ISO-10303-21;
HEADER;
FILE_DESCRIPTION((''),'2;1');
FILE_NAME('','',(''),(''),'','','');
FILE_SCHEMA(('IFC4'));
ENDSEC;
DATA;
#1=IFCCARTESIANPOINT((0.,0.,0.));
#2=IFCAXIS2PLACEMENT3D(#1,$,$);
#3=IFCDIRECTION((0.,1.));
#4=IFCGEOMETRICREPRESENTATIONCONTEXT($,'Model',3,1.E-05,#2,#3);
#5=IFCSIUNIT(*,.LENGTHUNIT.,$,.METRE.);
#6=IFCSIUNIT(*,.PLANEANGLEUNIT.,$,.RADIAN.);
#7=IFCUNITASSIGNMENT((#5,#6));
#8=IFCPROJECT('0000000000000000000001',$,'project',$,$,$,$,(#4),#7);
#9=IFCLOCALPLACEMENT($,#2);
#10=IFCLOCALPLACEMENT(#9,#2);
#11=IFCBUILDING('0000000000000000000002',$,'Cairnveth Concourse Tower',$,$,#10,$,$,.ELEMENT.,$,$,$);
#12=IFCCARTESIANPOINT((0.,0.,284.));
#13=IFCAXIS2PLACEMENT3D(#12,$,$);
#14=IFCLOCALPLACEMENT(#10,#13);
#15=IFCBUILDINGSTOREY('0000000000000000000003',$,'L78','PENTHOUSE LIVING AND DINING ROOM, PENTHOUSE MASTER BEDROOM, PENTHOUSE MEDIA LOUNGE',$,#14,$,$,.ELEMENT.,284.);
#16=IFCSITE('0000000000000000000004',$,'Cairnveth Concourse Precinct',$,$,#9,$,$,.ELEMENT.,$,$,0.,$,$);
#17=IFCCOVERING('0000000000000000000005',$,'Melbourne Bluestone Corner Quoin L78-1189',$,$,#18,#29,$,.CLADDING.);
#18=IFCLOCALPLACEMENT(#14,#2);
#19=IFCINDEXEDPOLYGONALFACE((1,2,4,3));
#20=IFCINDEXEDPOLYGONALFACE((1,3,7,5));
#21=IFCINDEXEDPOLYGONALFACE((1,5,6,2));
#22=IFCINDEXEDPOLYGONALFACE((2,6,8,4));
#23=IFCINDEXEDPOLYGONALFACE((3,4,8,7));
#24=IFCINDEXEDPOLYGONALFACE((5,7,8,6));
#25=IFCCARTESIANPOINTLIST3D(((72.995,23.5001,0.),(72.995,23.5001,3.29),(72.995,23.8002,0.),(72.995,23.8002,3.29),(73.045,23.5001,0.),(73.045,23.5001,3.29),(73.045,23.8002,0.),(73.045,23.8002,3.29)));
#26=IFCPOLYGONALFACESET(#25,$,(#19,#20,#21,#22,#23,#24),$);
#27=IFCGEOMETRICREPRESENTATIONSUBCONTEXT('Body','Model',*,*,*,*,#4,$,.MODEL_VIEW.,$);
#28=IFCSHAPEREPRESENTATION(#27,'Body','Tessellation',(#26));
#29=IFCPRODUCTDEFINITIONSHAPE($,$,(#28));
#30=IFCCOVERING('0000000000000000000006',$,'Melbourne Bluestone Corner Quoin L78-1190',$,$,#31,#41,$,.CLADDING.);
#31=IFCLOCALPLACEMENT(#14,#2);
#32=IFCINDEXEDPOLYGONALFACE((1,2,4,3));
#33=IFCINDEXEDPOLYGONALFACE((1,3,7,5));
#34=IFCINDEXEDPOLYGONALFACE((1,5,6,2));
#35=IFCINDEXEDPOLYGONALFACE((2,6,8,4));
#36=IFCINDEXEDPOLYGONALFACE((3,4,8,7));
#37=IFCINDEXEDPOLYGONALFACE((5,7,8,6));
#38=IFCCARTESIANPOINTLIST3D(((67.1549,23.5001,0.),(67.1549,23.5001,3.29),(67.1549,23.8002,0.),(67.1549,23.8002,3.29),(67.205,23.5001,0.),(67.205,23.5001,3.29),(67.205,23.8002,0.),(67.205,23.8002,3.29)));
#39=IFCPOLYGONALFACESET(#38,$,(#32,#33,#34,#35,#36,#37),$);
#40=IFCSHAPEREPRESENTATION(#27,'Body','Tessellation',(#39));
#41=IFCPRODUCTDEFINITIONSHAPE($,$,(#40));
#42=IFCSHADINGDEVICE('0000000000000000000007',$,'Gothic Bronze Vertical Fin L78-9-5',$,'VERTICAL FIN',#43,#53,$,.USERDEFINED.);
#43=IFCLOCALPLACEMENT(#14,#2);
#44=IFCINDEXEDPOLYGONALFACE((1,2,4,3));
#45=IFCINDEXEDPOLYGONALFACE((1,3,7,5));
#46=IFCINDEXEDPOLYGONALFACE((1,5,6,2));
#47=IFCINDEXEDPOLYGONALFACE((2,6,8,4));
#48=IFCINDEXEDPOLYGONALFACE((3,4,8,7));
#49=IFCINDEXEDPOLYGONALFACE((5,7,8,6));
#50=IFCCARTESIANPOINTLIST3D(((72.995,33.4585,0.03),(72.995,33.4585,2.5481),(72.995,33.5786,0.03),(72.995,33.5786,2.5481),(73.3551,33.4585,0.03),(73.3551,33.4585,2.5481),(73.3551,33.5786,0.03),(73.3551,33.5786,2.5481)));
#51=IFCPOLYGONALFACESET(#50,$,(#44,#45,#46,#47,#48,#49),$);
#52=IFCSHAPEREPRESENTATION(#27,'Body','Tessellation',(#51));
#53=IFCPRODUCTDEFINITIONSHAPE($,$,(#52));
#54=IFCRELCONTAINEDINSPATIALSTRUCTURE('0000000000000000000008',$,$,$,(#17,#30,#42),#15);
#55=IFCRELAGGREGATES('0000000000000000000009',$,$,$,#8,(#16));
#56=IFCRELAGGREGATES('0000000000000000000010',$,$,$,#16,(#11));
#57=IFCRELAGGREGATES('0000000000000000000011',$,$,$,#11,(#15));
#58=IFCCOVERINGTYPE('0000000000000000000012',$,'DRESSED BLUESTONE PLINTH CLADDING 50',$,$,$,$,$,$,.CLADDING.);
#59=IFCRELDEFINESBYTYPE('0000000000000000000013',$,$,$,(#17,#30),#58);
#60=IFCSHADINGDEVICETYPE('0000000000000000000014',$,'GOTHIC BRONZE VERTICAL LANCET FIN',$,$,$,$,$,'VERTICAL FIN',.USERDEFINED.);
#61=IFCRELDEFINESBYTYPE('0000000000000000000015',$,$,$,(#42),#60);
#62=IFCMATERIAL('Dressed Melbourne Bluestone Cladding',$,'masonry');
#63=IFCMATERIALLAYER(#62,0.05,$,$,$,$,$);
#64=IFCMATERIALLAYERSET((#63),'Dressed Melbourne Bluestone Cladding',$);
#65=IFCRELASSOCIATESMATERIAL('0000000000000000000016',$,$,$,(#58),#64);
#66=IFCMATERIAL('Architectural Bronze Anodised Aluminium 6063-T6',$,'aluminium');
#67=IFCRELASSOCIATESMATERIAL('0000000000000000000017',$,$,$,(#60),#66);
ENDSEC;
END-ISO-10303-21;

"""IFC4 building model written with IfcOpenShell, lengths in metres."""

from ifc_helpers import new_model, si_unit, direction, frame, frame_2d, origin, origin_2d, place, context, subcontext, project, spatial, rectangle, extrude, material, layer, layer_set, type_object, element, save


model = new_model("IFC4")

# Units and contexts
model_context = context("Model", 3, precision=1e-05, world=origin(), true_north=direction((0.0, 1.0)))
body_context = subcontext(model_context, "Body", "Model", "MODEL_VIEW")
ifc_project = project(units=[si_unit("LENGTHUNIT", "METRE"), si_unit("PLANEANGLEUNIT", "RADIAN")], contexts=[model_context])

# Site, building, storey
site_placement = place(None, origin())
site = spatial("IfcSite", under=ifc_project, at=site_placement, Name="Cairnveth Concourse Precinct", CompositionType="ELEMENT", RefElevation=0.0)
building_placement = place(site_placement, origin())
building = spatial("IfcBuilding", under=site, at=building_placement, Name="Cairnveth Concourse Tower", CompositionType="ELEMENT")
storey_placement = place(building_placement, frame((0.0, 0.0, 284.0)))
storey = spatial("IfcBuildingStorey", under=building, at=storey_placement, Name="L78", Description="PENTHOUSE LIVING AND DINING ROOM, PENTHOUSE MASTER BEDROOM, PENTHOUSE MEDIA LOUNGE", CompositionType="ELEMENT", Elevation=284.0)

# Coverings
ifc_material_1 = material(Name="Dressed Melbourne Bluestone Cladding", Category="masonry")
ifc_layer_1 = layer(ifc_material_1, 0.05)
ifc_layer_set_1 = layer_set([ifc_layer_1], Name="Dressed Melbourne Bluestone Cladding")
covering_type = type_object("IfcCoveringType", Name="DRESSED BLUESTONE PLINTH CLADDING 50", PredefinedType="CLADDING", material=ifc_layer_set_1)
for number, where, z_axis, x_axis, name in (
    (1, (73.02, 23.8, 0.0), (0.0, 0.0, 1.0), (0.0, -1.0, 0.0), "Melbourne Bluestone Corner Quoin L78-1189"),
    (2, (67.1799, 23.8, 0.0), (0.0, 0.0, 1.0), (0.0, -1.0, 0.0), "Melbourne Bluestone Corner Quoin L78-1190"),
):
    element("IfcCovering", number, at=place(storey_placement, frame(where, z_axis=z_axis, x_axis=x_axis)), inside=storey, type_object=covering_type, Name=name, PredefinedType="CLADDING", context=body_context, shape_type="SweptSolid", body=[
        extrude(rectangle(XDim=0.3, YDim=0.05, at=frame_2d((0.1499, 0.0))), origin(), (0.0, 0.0, 1.0), 3.29),
    ])

# Shading device
ifc_material_2 = material(Name="Architectural Bronze Anodised Aluminium 6063-T6", Category="aluminium")
shading_device_type = type_object("IfcShadingDeviceType", Name="GOTHIC BRONZE VERTICAL LANCET FIN", ElementType="VERTICAL FIN", PredefinedType="USERDEFINED", material=ifc_material_2)
shading_device_placement = place(storey_placement, frame((73.175, 33.5186, 0.03), z_axis=(0.0, 0.0, 1.0), x_axis=(0.0, 1.0, 0.0)))
element("IfcShadingDevice", 3, at=shading_device_placement, inside=storey, type_object=shading_device_type, Name="Gothic Bronze Vertical Fin L78-9-5", ObjectType="VERTICAL FIN", PredefinedType="USERDEFINED", context=body_context, shape_type="SweptSolid", body=[
    extrude(rectangle(XDim=0.1201, YDim=0.3601, at=origin_2d()), origin(), (0.0, 0.0, 1.0), 2.5181),
])

save(model, "model.ifc")
